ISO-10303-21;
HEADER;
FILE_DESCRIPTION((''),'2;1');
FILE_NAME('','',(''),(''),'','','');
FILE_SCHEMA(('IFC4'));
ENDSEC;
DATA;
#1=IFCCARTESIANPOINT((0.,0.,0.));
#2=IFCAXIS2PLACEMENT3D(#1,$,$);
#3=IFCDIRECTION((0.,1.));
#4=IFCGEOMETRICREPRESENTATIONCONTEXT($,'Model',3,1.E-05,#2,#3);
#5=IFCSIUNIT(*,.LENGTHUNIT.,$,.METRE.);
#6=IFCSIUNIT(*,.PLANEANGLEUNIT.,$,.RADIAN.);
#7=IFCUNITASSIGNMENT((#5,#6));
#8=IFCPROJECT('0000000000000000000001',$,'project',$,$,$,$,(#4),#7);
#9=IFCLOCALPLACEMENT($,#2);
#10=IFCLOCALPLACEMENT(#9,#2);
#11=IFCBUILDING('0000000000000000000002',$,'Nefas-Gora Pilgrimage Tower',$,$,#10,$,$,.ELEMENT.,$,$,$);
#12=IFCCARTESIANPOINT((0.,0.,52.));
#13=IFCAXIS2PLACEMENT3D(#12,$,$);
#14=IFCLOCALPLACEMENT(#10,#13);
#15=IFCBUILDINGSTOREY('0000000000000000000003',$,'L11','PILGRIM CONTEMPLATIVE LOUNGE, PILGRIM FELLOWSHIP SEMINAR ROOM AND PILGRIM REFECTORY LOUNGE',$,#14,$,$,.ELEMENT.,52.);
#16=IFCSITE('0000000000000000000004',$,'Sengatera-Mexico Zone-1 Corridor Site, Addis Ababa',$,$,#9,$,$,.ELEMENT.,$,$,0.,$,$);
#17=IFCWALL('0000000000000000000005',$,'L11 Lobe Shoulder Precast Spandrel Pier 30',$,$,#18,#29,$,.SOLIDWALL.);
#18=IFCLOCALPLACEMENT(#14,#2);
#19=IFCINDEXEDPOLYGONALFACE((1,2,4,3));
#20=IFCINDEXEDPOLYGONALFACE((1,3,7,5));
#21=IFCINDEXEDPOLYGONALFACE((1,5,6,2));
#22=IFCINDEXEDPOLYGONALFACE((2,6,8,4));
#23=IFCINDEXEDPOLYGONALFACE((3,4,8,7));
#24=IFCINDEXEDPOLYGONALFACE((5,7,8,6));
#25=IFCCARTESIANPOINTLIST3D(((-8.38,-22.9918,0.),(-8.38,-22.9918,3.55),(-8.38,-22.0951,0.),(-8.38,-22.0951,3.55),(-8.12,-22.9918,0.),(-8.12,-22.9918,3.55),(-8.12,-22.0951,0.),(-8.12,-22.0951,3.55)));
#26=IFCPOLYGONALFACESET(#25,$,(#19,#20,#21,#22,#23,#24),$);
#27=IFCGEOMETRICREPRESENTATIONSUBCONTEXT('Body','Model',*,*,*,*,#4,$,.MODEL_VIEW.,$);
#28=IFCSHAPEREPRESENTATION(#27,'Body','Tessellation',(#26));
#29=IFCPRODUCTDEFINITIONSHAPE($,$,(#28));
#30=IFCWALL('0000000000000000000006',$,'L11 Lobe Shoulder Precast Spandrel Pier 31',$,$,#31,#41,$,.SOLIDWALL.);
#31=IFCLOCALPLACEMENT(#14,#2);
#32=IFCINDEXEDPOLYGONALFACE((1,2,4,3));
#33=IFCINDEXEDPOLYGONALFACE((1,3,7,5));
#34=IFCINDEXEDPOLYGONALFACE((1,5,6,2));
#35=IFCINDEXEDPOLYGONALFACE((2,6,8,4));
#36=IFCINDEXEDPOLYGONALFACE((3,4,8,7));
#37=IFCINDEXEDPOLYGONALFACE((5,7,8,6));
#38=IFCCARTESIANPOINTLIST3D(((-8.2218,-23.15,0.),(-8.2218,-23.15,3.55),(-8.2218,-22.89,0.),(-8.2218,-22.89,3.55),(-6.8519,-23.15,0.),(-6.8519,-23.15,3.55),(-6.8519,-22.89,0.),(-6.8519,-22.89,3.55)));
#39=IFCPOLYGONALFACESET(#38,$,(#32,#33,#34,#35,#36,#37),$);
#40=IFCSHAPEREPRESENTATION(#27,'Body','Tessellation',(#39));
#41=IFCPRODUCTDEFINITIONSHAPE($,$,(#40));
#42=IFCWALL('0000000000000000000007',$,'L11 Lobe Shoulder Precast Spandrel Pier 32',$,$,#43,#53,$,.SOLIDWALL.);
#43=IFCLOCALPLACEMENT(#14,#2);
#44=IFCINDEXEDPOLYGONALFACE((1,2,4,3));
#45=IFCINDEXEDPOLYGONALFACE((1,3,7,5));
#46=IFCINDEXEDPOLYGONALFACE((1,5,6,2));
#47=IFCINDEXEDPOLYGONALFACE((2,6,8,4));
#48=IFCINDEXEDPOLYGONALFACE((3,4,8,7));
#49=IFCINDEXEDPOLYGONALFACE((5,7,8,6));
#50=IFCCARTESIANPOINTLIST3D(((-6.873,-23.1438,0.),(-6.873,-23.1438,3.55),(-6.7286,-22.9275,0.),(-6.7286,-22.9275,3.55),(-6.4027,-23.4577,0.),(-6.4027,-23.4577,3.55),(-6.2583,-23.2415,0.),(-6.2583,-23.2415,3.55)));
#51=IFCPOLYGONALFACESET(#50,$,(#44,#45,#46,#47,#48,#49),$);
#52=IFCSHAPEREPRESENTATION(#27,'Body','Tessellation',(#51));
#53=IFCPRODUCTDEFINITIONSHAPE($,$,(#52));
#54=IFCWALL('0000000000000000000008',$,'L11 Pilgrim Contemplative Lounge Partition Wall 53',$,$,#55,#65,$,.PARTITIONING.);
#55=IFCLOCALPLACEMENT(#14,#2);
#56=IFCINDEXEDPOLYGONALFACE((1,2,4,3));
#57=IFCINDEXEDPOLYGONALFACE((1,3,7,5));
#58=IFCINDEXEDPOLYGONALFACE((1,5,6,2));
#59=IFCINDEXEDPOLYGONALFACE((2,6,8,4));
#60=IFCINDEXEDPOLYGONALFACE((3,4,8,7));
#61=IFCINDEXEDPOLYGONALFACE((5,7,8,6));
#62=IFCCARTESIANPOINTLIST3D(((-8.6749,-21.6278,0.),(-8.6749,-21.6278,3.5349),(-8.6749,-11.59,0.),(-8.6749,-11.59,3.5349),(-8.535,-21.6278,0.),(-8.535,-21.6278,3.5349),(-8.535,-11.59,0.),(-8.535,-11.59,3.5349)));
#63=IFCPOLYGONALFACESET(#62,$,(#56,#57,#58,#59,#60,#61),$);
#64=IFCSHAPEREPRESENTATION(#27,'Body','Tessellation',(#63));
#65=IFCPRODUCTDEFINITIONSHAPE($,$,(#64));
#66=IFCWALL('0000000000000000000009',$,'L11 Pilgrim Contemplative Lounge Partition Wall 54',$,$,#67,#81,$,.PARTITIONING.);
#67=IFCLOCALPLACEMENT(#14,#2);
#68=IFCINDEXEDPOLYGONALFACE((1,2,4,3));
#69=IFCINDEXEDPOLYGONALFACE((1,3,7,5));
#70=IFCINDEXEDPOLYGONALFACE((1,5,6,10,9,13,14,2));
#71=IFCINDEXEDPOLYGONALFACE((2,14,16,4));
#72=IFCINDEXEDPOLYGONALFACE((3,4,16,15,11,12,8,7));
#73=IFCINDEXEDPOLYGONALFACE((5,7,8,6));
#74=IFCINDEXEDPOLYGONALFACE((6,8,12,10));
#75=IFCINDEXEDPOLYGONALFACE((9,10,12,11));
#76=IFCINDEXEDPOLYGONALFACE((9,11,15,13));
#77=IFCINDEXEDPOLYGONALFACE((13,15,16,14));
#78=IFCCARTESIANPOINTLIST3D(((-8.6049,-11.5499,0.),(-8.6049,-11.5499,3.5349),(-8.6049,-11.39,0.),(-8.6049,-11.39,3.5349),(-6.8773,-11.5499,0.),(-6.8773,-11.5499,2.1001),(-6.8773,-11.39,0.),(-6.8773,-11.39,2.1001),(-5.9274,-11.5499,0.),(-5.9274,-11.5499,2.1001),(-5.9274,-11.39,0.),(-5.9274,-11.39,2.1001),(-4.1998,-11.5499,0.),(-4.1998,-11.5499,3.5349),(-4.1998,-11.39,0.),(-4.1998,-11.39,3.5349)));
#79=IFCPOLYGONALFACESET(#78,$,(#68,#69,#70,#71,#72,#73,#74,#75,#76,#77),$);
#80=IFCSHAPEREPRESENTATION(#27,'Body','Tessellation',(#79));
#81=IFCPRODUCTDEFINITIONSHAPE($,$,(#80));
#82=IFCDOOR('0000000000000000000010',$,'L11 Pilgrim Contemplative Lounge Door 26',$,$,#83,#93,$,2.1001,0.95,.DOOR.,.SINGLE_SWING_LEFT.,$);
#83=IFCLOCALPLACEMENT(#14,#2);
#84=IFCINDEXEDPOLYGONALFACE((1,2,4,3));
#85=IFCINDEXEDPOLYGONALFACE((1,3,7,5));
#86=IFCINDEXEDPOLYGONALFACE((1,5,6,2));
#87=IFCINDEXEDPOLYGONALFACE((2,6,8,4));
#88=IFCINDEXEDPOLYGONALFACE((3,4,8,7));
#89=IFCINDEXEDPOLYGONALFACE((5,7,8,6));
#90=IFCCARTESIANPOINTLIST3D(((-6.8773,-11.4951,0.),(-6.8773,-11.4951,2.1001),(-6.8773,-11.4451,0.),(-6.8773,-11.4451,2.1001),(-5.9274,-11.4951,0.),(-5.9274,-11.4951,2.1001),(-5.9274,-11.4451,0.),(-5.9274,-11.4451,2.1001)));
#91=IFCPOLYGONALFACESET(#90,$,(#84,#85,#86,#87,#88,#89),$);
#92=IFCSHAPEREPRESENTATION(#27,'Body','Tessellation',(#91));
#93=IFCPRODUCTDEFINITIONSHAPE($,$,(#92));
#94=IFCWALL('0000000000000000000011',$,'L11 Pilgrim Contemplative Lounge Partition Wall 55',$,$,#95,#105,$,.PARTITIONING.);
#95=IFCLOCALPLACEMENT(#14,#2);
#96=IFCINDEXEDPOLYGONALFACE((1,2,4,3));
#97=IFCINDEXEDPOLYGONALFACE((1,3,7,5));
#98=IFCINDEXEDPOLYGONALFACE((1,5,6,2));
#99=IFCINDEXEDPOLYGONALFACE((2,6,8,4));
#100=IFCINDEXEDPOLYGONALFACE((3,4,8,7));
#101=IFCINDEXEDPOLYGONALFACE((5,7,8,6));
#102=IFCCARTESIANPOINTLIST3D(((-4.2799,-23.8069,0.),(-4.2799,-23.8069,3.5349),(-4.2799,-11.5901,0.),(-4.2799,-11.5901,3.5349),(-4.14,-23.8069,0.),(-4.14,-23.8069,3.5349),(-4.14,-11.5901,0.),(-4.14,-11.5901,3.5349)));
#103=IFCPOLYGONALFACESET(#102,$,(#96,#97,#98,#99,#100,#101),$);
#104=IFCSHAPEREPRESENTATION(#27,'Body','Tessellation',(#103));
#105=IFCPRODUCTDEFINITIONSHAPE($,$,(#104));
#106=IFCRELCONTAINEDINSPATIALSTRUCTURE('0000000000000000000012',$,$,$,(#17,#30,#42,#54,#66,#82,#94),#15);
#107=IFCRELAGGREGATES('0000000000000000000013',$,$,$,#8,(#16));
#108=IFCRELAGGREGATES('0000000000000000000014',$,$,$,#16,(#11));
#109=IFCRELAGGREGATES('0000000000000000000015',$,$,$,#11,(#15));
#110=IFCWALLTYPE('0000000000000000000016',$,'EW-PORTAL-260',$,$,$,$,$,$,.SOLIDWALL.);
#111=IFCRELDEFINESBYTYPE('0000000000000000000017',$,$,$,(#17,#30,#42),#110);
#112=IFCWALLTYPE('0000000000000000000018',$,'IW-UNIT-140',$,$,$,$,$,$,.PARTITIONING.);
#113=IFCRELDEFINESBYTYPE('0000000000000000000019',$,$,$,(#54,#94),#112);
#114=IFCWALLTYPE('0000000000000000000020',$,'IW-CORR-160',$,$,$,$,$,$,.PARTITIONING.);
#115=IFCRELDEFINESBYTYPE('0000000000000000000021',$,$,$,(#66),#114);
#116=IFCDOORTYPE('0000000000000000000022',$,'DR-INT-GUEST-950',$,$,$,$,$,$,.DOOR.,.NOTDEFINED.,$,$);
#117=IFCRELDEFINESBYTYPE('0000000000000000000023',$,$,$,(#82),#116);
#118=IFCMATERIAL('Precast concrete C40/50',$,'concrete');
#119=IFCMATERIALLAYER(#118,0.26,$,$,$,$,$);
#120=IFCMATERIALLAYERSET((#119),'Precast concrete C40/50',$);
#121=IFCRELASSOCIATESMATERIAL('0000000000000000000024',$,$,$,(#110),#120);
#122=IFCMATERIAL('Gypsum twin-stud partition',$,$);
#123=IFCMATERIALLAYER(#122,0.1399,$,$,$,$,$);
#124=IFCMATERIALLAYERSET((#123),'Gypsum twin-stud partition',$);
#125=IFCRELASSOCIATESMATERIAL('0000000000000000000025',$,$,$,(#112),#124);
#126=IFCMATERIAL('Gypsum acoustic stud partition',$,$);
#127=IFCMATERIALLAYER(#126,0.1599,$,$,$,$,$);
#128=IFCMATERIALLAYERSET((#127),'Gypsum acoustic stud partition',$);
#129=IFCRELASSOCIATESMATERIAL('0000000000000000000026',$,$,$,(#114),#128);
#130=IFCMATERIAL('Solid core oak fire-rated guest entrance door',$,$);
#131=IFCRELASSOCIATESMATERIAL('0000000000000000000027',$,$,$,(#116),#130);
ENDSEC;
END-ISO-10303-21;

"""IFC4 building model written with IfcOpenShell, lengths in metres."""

from ifc_helpers import new_model, si_unit, direction, frame, frame_2d, origin, place, context, subcontext, project, spatial, rectangle, extrude, source, transform, mapped, material, layer, layer_set, type_object, element, fill, save


model = new_model("IFC4")

# Units and contexts
model_context = context("Model", 3, precision=1e-05, world=origin(), true_north=direction((0.0, 1.0)))
body_context = subcontext(model_context, "Body", "Model", "MODEL_VIEW")
ifc_project = project(units=[si_unit("LENGTHUNIT", "METRE"), si_unit("PLANEANGLEUNIT", "RADIAN")], contexts=[model_context])

# Site, building, storey
site_placement = place(None, origin())
site = spatial("IfcSite", under=ifc_project, at=site_placement, Name="Sengatera-Mexico Zone-1 Corridor Site, Addis Ababa", CompositionType="ELEMENT", RefElevation=0.0)
building_placement = place(site_placement, origin())
building = spatial("IfcBuilding", under=site, at=building_placement, Name="Nefas-Gora Pilgrimage Tower", CompositionType="ELEMENT")
storey_placement = place(building_placement, frame((0.0, 0.0, 52.0)))
storey = spatial("IfcBuildingStorey", under=building, at=storey_placement, Name="L11", Description="PILGRIM CONTEMPLATIVE LOUNGE, PILGRIM FELLOWSHIP SEMINAR ROOM AND PILGRIM REFECTORY LOUNGE", CompositionType="ELEMENT", Elevation=52.0)

# Walls
ifc_material_1 = material(Name="Precast concrete C40/50", Category="concrete")
ifc_layer_1 = layer(ifc_material_1, 0.26)
ifc_layer_set_1 = layer_set([ifc_layer_1], Name="Precast concrete C40/50")
wall_type_1 = type_object("IfcWallType", Name="EW-PORTAL-260", PredefinedType="SOLIDWALL", material=ifc_layer_set_1)
shared_shape_1 = source(origin(), body_context, "Body", "SweptSolid", [
    extrude(rectangle(XDim=0.8967, YDim=0.26, at=frame_2d((0.4482, 0.0))), origin(), (0.0, 0.0, 1.0), 3.55),
])
wall_1_placement = place(storey_placement, frame((-8.25, -22.0952, 0.0), z_axis=(0.0, 0.0, 1.0), x_axis=(0.0, -1.0, 0.0)))
element("IfcWall", 1, at=wall_1_placement, inside=storey, type_object=wall_type_1, Name="L11 Lobe Shoulder Precast Spandrel Pier 30", PredefinedType="SOLIDWALL", context=body_context, shape_type="MappedRepresentation", body=[
    mapped(shared_shape_1, transform((0.0, 0.0, 0.0), x_axis=(1.0, 0.0, 0.0), y_axis=(0.0, 1.0, 0.0), z_axis=(0.0, 0.0, 1.0), scale=1.0)),
])
shared_shape_2 = source(origin(), body_context, "Body", "SweptSolid", [
    extrude(rectangle(XDim=1.3699, YDim=0.26, at=frame_2d((0.6851, 0.0))), origin(), (0.0, 0.0, 1.0), 3.55),
])
wall_2_placement = place(storey_placement, frame((-8.2219, -23.02, 0.0), z_axis=(0.0, 0.0, 1.0), x_axis=(1.0, 0.0, 0.0)))
element("IfcWall", 2, at=wall_2_placement, inside=storey, type_object=wall_type_1, Name="L11 Lobe Shoulder Precast Spandrel Pier 31", PredefinedType="SOLIDWALL", context=body_context, shape_type="MappedRepresentation", body=[
    mapped(shared_shape_2, transform((0.0, 0.0, 0.0), x_axis=(1.0, 0.0, 0.0), y_axis=(0.0, 1.0, 0.0), z_axis=(0.0, 0.0, 1.0), scale=1.0)),
])
shared_shape_3 = source(origin(), body_context, "Body", "SweptSolid", [
    extrude(rectangle(XDim=0.5654, YDim=0.26, at=frame_2d((0.2827, 0.0))), origin(), (0.0, 0.0, 1.0), 3.55),
])
wall_3_placement = place(storey_placement, frame((-6.8008, -23.0356, 0.0), z_axis=(0.0, 0.0, 1.0), x_axis=(0.831651, -0.555298, 0.0)))
element("IfcWall", 3, at=wall_3_placement, inside=storey, type_object=wall_type_1, Name="L11 Lobe Shoulder Precast Spandrel Pier 32", PredefinedType="SOLIDWALL", context=body_context, shape_type="MappedRepresentation", body=[
    mapped(shared_shape_3, transform((0.0, 0.0, 0.0), x_axis=(1.0, 0.0, 0.0), y_axis=(0.0, 1.0, 0.0), z_axis=(0.0, 0.0, 1.0), scale=1.0)),
])
ifc_material_2 = material(Name="Gypsum twin-stud partition")
ifc_layer_2 = layer(ifc_material_2, 0.1399)
ifc_layer_set_2 = layer_set([ifc_layer_2], Name="Gypsum twin-stud partition")
wall_type_2 = type_object("IfcWallType", Name="IW-UNIT-140", PredefinedType="PARTITIONING", material=ifc_layer_set_2)
shared_shape_4 = source(origin(), body_context, "Body", "SweptSolid", [
    extrude(rectangle(XDim=10.0378, YDim=0.1399, at=frame_2d((5.019, 0.0))), origin(), (0.0, 0.0, 1.0), 3.5349),
])
wall_4_placement = place(storey_placement, frame((-8.605, -21.6279, 0.0), z_axis=(0.0, 0.0, 1.0), x_axis=(0.0, 1.0, 0.0)))
element("IfcWall", 4, at=wall_4_placement, inside=storey, type_object=wall_type_2, Name="L11 Pilgrim Contemplative Lounge Partition Wall 53", PredefinedType="PARTITIONING", context=body_context, shape_type="MappedRepresentation", body=[
    mapped(shared_shape_4, transform((0.0, 0.0, 0.0), x_axis=(1.0, 0.0, 0.0), y_axis=(0.0, 1.0, 0.0), z_axis=(0.0, 0.0, 1.0), scale=1.0)),
])

# Wall, opening, door
ifc_material_3 = material(Name="Gypsum acoustic stud partition")
ifc_layer_3 = layer(ifc_material_3, 0.1599)
ifc_layer_set_3 = layer_set([ifc_layer_3], Name="Gypsum acoustic stud partition")
wall_type_3 = type_object("IfcWallType", Name="IW-CORR-160", PredefinedType="PARTITIONING", material=ifc_layer_set_3)
shared_shape_5 = source(origin(), body_context, "Body", "SweptSolid", [
    extrude(rectangle(XDim=4.405, YDim=0.1599, at=frame_2d((2.2026, 0.0))), origin(), (0.0, 0.0, 1.0), 3.5349),
])
wall_5_placement = place(storey_placement, frame((-8.605, -11.47, 0.0), z_axis=(0.0, 0.0, 1.0), x_axis=(1.0, 0.0, 0.0)))
wall_5 = element("IfcWall", 5, at=wall_5_placement, inside=storey, type_object=wall_type_3, Name="L11 Pilgrim Contemplative Lounge Partition Wall 54", PredefinedType="PARTITIONING", context=body_context, shape_type="MappedRepresentation", body=[
    mapped(shared_shape_5, transform((0.0, 0.0, 0.0), x_axis=(1.0, 0.0, 0.0), y_axis=(0.0, 1.0, 0.0), z_axis=(0.0, 0.0, 1.0), scale=1.0)),
])
opening_placement = place(wall_5_placement, frame((1.7275, 0.0, 0.0)))
opening = element("IfcOpeningElement", 6, at=opening_placement, cuts=wall_5, PredefinedType="OPENING", context=body_context, shape_type="SweptSolid", body=[
    extrude(rectangle(XDim=0.95, YDim=2.1001, at=frame_2d((0.4751, 1.05))), frame((0.0, 0.0898, 0.0), z_axis=(0.0, -1.0, 0.0), x_axis=(1.0, 0.0, 0.0)), (0.0, 0.0, 1.0), 0.1799),
])
ifc_material_4 = material(Name="Solid core oak fire-rated guest entrance door")
door_type = type_object("IfcDoorType", Name="DR-INT-GUEST-950", OperationType="NOTDEFINED", PredefinedType="DOOR", material=ifc_material_4)
shared_shape_6 = source(origin(), body_context, "Body", "SweptSolid", [
    extrude(rectangle(XDim=0.95, YDim=2.1001, at=frame_2d((0.4751, 1.05))), frame((0.0, 0.0249, 0.0), z_axis=(0.0, -1.0, 0.0), x_axis=(1.0, 0.0, 0.0)), (0.0, 0.0, 1.0), 0.05),
])
door_placement = place(opening_placement, origin())
door = element("IfcDoor", 7, at=door_placement, inside=storey, type_object=door_type, Name="L11 Pilgrim Contemplative Lounge Door 26", OperationType="SINGLE_SWING_LEFT", OverallHeight=2.1001, OverallWidth=0.95, PredefinedType="DOOR", context=body_context, shape_type="MappedRepresentation", body=[
    mapped(shared_shape_6, transform((0.0, 0.0, 0.0), x_axis=(1.0, 0.0, 0.0), y_axis=(0.0, 1.0, 0.0), z_axis=(0.0, 0.0, 1.0), scale=1.0)),
])
fill(opening, door)

# Wall
shared_shape_7 = source(origin(), body_context, "Body", "SweptSolid", [
    extrude(rectangle(XDim=12.2168, YDim=0.1399, at=frame_2d((6.1084, 0.0))), origin(), (0.0, 0.0, 1.0), 3.5349),
])
wall_6_placement = place(storey_placement, frame((-4.21, -23.8069, 0.0), z_axis=(0.0, 0.0, 1.0), x_axis=(0.0, 1.0, 0.0)))
element("IfcWall", 8, at=wall_6_placement, inside=storey, type_object=wall_type_2, Name="L11 Pilgrim Contemplative Lounge Partition Wall 55", PredefinedType="PARTITIONING", context=body_context, shape_type="MappedRepresentation", body=[
    mapped(shared_shape_7, transform((0.0, 0.0, 0.0), x_axis=(1.0, 0.0, 0.0), y_axis=(0.0, 1.0, 0.0), z_axis=(0.0, 0.0, 1.0), scale=1.0)),
])

save(model, "model.ifc")
